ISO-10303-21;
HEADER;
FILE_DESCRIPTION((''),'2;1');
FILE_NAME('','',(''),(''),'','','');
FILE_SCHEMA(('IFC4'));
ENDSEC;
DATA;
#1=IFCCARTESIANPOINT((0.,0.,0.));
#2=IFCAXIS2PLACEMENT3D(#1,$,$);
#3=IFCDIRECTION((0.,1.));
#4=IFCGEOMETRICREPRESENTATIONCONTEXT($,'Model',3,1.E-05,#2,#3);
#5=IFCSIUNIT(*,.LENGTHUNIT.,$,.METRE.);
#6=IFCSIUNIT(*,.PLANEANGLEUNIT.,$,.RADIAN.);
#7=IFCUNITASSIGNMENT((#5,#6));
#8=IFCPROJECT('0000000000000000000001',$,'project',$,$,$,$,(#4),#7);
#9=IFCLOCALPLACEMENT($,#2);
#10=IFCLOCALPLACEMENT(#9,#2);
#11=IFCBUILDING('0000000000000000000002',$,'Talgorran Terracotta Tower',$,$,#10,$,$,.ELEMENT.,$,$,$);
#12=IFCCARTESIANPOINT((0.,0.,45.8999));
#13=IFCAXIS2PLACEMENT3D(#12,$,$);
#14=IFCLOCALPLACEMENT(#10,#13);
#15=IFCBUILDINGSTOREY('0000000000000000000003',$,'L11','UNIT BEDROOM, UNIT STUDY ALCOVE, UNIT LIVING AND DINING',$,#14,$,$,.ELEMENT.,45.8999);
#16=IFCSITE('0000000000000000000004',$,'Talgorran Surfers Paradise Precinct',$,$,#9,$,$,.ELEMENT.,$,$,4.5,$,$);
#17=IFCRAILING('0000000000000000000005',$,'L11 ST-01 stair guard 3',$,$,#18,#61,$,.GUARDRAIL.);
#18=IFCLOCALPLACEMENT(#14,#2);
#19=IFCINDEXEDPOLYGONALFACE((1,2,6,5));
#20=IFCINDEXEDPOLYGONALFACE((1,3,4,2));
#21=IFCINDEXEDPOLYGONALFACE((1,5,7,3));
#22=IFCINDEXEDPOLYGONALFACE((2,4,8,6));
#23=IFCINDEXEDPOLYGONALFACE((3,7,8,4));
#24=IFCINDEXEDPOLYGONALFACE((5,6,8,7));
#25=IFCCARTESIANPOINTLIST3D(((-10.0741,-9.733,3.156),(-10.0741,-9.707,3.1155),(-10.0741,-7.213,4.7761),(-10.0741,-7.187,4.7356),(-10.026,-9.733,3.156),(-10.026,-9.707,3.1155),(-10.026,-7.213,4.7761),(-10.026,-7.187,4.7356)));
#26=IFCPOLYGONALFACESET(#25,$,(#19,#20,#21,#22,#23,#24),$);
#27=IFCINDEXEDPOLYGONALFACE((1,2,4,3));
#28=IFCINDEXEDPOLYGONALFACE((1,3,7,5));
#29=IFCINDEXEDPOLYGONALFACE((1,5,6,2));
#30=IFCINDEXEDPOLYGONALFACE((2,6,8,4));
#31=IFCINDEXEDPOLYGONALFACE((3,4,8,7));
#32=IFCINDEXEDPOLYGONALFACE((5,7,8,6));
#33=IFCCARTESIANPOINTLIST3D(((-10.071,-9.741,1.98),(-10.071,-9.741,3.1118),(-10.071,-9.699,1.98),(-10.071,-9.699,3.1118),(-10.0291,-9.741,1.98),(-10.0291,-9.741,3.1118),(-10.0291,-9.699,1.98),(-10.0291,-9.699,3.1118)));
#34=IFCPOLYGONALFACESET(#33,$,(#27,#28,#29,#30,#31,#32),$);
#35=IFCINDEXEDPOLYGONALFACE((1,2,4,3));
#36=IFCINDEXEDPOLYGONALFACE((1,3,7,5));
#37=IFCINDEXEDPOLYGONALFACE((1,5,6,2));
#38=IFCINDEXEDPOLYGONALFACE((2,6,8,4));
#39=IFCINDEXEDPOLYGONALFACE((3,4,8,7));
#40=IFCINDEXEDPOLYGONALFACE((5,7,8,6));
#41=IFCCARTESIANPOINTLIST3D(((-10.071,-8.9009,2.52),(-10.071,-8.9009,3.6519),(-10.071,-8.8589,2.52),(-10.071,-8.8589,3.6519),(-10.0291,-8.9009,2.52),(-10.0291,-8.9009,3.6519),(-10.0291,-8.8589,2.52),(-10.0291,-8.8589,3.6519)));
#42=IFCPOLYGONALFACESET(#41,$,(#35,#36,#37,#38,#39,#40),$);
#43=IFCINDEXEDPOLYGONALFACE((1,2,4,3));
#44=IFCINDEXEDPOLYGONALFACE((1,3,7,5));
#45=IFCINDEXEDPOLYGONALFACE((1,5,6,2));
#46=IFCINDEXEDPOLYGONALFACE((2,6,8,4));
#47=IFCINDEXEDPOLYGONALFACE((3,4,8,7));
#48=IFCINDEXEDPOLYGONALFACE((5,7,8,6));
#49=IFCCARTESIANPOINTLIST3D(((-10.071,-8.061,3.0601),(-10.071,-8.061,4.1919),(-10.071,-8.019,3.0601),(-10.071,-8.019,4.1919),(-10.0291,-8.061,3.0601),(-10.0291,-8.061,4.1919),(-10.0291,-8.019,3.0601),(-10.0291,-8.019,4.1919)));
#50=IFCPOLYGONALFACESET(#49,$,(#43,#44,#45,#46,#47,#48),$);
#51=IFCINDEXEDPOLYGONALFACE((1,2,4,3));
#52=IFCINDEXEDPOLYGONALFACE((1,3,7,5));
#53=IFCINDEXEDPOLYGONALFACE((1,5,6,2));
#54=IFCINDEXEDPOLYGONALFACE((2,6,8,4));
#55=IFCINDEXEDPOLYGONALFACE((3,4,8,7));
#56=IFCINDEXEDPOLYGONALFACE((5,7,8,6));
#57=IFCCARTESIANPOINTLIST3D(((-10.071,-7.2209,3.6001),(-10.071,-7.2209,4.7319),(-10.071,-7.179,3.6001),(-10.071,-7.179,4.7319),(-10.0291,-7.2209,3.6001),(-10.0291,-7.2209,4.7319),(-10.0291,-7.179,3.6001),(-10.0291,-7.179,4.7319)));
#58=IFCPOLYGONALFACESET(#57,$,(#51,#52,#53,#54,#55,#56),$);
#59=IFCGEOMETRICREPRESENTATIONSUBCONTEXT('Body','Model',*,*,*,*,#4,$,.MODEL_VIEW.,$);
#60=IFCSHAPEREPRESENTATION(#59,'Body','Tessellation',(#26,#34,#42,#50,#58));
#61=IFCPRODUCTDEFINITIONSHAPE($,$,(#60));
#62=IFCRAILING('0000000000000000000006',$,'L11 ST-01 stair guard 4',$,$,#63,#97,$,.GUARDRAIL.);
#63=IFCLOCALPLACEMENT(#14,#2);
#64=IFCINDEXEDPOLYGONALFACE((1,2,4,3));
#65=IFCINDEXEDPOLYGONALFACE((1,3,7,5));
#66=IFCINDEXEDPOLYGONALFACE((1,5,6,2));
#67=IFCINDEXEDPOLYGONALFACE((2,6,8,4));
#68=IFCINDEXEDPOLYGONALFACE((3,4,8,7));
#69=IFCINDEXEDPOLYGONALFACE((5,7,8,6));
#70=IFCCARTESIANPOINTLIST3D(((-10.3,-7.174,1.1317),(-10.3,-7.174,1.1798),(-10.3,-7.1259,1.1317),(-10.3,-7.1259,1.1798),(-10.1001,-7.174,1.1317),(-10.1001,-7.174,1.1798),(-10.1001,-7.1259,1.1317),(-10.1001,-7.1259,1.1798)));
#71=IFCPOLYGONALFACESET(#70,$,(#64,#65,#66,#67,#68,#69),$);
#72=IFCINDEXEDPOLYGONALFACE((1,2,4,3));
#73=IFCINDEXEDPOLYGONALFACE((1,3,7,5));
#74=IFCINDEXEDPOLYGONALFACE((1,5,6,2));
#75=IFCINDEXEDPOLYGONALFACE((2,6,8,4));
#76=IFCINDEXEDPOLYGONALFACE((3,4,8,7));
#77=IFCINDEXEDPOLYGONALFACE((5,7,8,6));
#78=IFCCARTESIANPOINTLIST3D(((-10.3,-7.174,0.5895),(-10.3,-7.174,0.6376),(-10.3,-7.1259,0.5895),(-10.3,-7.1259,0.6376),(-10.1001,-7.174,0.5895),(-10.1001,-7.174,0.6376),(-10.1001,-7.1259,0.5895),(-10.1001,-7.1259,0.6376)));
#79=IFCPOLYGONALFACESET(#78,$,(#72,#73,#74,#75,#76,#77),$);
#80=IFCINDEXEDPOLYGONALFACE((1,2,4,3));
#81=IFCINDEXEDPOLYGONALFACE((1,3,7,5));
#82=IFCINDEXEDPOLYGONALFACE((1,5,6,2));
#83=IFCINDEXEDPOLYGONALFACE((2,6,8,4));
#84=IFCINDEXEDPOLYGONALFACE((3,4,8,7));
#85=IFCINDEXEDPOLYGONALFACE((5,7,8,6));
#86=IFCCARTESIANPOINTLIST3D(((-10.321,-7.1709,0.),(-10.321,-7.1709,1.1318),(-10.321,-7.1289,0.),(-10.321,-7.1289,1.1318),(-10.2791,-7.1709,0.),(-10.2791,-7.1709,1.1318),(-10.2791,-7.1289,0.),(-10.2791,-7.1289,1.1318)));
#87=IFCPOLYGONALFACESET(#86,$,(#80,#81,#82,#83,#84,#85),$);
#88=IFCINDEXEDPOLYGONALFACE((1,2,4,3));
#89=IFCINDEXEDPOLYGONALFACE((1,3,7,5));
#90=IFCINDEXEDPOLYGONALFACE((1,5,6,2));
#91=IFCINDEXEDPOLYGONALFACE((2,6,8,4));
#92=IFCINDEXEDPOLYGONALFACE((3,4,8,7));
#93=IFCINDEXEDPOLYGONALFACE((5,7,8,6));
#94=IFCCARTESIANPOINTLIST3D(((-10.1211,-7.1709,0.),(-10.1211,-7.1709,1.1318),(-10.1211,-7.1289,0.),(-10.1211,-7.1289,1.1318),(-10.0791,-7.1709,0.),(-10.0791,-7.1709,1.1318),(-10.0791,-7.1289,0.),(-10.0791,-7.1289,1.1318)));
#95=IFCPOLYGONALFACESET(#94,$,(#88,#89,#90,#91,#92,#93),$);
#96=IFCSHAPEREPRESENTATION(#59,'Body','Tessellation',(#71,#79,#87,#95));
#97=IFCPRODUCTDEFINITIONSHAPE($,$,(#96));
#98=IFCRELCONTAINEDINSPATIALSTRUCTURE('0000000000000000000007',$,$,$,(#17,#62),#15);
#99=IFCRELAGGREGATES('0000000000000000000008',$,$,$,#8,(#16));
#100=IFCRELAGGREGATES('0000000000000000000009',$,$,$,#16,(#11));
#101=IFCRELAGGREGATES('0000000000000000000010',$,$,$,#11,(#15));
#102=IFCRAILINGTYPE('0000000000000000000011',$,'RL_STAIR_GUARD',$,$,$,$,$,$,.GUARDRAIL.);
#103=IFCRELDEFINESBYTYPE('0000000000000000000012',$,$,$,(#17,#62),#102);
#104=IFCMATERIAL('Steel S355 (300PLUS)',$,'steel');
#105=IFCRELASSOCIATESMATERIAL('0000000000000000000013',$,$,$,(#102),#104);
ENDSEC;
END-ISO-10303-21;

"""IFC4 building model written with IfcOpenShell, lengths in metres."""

from ifc_helpers import new_model, si_unit, direction, frame, origin, origin_2d, place, context, subcontext, project, spatial, rectangle, extrude, material, type_object, element, save


model = new_model("IFC4")

# Units and contexts
model_context = context("Model", 3, precision=1e-05, world=origin(), true_north=direction((0.0, 1.0)))
body_context = subcontext(model_context, "Body", "Model", "MODEL_VIEW")
ifc_project = project(units=[si_unit("LENGTHUNIT", "METRE"), si_unit("PLANEANGLEUNIT", "RADIAN")], contexts=[model_context])

# Site, building, storey
site_placement = place(None, origin())
site = spatial("IfcSite", under=ifc_project, at=site_placement, Name="Talgorran Surfers Paradise Precinct", CompositionType="ELEMENT", RefElevation=4.5)
building_placement = place(site_placement, origin())
building = spatial("IfcBuilding", under=site, at=building_placement, Name="Talgorran Terracotta Tower", CompositionType="ELEMENT")
storey_placement = place(building_placement, frame((0.0, 0.0, 45.8999)))
storey = spatial("IfcBuildingStorey", under=building, at=storey_placement, Name="L11", Description="UNIT BEDROOM, UNIT STUDY ALCOVE, UNIT LIVING AND DINING", CompositionType="ELEMENT", Elevation=45.8999)

# Railings
ifc_material_1 = material(Name="Steel S355 (300PLUS)", Category="steel")
railing_type_1 = type_object("IfcRailingType", Name="RL_STAIR_GUARD", PredefinedType="GUARDRAIL", material=ifc_material_1)
railing_1_placement = place(storey_placement, frame((-10.05, -9.72, 1.98)))
element("IfcRailing", 1, at=railing_1_placement, inside=storey, type_object=railing_type_1, Name="L11 ST-01 stair guard 3", PredefinedType="GUARDRAIL", context=body_context, shape_type="SweptSolid", body=[
    extrude(rectangle(XDim=0.0481, YDim=0.0481, at=origin_2d()), frame((0.0, 0.0, 1.1558), z_axis=(0.0, 0.841163, 0.540782), x_axis=(-1.0, 0.0, 0.0)), (0.0, 0.0, 1.0), 2.9958),
    extrude(rectangle(XDim=0.042, YDim=0.042, at=origin_2d()), origin(), (0.0, 0.0, 1.0), 1.1318),
    extrude(rectangle(XDim=0.042, YDim=0.042, at=origin_2d()), frame((0.0, 0.8401, 0.54)), (0.0, 0.0, 1.0), 1.1318),
    extrude(rectangle(XDim=0.042, YDim=0.042, at=origin_2d()), frame((0.0, 1.6799, 1.0801)), (0.0, 0.0, 1.0), 1.1318),
    extrude(rectangle(XDim=0.042, YDim=0.042, at=origin_2d()), frame((0.0, 2.52, 1.6201)), (0.0, 0.0, 1.0), 1.1318),
])
railing_2_placement = place(storey_placement, frame((-10.3, -7.1499, 0.0)))
element("IfcRailing", 2, at=railing_2_placement, inside=storey, type_object=railing_type_1, Name="L11 ST-01 stair guard 4", PredefinedType="GUARDRAIL", context=body_context, shape_type="SweptSolid", body=[
    extrude(rectangle(XDim=0.0481, YDim=0.0481, at=origin_2d()), frame((0.0, 0.0, 1.1558), z_axis=(1.0, 0.0, 0.0), x_axis=(0.0, 1.0, 0.0)), (0.0, 0.0, 1.0), 0.2),
    extrude(rectangle(XDim=0.0481, YDim=0.0481, at=origin_2d()), frame((0.0, 0.0, 0.6135), z_axis=(1.0, 0.0, 0.0), x_axis=(0.0, 1.0, 0.0)), (0.0, 0.0, 1.0), 0.2),
    extrude(rectangle(XDim=0.042, YDim=0.042, at=origin_2d()), origin(), (0.0, 0.0, 1.0), 1.1318),
    extrude(rectangle(XDim=0.042, YDim=0.042, at=origin_2d()), frame((0.2, 0.0, 0.0)), (0.0, 0.0, 1.0), 1.1318),
])

save(model, "model.ifc")
